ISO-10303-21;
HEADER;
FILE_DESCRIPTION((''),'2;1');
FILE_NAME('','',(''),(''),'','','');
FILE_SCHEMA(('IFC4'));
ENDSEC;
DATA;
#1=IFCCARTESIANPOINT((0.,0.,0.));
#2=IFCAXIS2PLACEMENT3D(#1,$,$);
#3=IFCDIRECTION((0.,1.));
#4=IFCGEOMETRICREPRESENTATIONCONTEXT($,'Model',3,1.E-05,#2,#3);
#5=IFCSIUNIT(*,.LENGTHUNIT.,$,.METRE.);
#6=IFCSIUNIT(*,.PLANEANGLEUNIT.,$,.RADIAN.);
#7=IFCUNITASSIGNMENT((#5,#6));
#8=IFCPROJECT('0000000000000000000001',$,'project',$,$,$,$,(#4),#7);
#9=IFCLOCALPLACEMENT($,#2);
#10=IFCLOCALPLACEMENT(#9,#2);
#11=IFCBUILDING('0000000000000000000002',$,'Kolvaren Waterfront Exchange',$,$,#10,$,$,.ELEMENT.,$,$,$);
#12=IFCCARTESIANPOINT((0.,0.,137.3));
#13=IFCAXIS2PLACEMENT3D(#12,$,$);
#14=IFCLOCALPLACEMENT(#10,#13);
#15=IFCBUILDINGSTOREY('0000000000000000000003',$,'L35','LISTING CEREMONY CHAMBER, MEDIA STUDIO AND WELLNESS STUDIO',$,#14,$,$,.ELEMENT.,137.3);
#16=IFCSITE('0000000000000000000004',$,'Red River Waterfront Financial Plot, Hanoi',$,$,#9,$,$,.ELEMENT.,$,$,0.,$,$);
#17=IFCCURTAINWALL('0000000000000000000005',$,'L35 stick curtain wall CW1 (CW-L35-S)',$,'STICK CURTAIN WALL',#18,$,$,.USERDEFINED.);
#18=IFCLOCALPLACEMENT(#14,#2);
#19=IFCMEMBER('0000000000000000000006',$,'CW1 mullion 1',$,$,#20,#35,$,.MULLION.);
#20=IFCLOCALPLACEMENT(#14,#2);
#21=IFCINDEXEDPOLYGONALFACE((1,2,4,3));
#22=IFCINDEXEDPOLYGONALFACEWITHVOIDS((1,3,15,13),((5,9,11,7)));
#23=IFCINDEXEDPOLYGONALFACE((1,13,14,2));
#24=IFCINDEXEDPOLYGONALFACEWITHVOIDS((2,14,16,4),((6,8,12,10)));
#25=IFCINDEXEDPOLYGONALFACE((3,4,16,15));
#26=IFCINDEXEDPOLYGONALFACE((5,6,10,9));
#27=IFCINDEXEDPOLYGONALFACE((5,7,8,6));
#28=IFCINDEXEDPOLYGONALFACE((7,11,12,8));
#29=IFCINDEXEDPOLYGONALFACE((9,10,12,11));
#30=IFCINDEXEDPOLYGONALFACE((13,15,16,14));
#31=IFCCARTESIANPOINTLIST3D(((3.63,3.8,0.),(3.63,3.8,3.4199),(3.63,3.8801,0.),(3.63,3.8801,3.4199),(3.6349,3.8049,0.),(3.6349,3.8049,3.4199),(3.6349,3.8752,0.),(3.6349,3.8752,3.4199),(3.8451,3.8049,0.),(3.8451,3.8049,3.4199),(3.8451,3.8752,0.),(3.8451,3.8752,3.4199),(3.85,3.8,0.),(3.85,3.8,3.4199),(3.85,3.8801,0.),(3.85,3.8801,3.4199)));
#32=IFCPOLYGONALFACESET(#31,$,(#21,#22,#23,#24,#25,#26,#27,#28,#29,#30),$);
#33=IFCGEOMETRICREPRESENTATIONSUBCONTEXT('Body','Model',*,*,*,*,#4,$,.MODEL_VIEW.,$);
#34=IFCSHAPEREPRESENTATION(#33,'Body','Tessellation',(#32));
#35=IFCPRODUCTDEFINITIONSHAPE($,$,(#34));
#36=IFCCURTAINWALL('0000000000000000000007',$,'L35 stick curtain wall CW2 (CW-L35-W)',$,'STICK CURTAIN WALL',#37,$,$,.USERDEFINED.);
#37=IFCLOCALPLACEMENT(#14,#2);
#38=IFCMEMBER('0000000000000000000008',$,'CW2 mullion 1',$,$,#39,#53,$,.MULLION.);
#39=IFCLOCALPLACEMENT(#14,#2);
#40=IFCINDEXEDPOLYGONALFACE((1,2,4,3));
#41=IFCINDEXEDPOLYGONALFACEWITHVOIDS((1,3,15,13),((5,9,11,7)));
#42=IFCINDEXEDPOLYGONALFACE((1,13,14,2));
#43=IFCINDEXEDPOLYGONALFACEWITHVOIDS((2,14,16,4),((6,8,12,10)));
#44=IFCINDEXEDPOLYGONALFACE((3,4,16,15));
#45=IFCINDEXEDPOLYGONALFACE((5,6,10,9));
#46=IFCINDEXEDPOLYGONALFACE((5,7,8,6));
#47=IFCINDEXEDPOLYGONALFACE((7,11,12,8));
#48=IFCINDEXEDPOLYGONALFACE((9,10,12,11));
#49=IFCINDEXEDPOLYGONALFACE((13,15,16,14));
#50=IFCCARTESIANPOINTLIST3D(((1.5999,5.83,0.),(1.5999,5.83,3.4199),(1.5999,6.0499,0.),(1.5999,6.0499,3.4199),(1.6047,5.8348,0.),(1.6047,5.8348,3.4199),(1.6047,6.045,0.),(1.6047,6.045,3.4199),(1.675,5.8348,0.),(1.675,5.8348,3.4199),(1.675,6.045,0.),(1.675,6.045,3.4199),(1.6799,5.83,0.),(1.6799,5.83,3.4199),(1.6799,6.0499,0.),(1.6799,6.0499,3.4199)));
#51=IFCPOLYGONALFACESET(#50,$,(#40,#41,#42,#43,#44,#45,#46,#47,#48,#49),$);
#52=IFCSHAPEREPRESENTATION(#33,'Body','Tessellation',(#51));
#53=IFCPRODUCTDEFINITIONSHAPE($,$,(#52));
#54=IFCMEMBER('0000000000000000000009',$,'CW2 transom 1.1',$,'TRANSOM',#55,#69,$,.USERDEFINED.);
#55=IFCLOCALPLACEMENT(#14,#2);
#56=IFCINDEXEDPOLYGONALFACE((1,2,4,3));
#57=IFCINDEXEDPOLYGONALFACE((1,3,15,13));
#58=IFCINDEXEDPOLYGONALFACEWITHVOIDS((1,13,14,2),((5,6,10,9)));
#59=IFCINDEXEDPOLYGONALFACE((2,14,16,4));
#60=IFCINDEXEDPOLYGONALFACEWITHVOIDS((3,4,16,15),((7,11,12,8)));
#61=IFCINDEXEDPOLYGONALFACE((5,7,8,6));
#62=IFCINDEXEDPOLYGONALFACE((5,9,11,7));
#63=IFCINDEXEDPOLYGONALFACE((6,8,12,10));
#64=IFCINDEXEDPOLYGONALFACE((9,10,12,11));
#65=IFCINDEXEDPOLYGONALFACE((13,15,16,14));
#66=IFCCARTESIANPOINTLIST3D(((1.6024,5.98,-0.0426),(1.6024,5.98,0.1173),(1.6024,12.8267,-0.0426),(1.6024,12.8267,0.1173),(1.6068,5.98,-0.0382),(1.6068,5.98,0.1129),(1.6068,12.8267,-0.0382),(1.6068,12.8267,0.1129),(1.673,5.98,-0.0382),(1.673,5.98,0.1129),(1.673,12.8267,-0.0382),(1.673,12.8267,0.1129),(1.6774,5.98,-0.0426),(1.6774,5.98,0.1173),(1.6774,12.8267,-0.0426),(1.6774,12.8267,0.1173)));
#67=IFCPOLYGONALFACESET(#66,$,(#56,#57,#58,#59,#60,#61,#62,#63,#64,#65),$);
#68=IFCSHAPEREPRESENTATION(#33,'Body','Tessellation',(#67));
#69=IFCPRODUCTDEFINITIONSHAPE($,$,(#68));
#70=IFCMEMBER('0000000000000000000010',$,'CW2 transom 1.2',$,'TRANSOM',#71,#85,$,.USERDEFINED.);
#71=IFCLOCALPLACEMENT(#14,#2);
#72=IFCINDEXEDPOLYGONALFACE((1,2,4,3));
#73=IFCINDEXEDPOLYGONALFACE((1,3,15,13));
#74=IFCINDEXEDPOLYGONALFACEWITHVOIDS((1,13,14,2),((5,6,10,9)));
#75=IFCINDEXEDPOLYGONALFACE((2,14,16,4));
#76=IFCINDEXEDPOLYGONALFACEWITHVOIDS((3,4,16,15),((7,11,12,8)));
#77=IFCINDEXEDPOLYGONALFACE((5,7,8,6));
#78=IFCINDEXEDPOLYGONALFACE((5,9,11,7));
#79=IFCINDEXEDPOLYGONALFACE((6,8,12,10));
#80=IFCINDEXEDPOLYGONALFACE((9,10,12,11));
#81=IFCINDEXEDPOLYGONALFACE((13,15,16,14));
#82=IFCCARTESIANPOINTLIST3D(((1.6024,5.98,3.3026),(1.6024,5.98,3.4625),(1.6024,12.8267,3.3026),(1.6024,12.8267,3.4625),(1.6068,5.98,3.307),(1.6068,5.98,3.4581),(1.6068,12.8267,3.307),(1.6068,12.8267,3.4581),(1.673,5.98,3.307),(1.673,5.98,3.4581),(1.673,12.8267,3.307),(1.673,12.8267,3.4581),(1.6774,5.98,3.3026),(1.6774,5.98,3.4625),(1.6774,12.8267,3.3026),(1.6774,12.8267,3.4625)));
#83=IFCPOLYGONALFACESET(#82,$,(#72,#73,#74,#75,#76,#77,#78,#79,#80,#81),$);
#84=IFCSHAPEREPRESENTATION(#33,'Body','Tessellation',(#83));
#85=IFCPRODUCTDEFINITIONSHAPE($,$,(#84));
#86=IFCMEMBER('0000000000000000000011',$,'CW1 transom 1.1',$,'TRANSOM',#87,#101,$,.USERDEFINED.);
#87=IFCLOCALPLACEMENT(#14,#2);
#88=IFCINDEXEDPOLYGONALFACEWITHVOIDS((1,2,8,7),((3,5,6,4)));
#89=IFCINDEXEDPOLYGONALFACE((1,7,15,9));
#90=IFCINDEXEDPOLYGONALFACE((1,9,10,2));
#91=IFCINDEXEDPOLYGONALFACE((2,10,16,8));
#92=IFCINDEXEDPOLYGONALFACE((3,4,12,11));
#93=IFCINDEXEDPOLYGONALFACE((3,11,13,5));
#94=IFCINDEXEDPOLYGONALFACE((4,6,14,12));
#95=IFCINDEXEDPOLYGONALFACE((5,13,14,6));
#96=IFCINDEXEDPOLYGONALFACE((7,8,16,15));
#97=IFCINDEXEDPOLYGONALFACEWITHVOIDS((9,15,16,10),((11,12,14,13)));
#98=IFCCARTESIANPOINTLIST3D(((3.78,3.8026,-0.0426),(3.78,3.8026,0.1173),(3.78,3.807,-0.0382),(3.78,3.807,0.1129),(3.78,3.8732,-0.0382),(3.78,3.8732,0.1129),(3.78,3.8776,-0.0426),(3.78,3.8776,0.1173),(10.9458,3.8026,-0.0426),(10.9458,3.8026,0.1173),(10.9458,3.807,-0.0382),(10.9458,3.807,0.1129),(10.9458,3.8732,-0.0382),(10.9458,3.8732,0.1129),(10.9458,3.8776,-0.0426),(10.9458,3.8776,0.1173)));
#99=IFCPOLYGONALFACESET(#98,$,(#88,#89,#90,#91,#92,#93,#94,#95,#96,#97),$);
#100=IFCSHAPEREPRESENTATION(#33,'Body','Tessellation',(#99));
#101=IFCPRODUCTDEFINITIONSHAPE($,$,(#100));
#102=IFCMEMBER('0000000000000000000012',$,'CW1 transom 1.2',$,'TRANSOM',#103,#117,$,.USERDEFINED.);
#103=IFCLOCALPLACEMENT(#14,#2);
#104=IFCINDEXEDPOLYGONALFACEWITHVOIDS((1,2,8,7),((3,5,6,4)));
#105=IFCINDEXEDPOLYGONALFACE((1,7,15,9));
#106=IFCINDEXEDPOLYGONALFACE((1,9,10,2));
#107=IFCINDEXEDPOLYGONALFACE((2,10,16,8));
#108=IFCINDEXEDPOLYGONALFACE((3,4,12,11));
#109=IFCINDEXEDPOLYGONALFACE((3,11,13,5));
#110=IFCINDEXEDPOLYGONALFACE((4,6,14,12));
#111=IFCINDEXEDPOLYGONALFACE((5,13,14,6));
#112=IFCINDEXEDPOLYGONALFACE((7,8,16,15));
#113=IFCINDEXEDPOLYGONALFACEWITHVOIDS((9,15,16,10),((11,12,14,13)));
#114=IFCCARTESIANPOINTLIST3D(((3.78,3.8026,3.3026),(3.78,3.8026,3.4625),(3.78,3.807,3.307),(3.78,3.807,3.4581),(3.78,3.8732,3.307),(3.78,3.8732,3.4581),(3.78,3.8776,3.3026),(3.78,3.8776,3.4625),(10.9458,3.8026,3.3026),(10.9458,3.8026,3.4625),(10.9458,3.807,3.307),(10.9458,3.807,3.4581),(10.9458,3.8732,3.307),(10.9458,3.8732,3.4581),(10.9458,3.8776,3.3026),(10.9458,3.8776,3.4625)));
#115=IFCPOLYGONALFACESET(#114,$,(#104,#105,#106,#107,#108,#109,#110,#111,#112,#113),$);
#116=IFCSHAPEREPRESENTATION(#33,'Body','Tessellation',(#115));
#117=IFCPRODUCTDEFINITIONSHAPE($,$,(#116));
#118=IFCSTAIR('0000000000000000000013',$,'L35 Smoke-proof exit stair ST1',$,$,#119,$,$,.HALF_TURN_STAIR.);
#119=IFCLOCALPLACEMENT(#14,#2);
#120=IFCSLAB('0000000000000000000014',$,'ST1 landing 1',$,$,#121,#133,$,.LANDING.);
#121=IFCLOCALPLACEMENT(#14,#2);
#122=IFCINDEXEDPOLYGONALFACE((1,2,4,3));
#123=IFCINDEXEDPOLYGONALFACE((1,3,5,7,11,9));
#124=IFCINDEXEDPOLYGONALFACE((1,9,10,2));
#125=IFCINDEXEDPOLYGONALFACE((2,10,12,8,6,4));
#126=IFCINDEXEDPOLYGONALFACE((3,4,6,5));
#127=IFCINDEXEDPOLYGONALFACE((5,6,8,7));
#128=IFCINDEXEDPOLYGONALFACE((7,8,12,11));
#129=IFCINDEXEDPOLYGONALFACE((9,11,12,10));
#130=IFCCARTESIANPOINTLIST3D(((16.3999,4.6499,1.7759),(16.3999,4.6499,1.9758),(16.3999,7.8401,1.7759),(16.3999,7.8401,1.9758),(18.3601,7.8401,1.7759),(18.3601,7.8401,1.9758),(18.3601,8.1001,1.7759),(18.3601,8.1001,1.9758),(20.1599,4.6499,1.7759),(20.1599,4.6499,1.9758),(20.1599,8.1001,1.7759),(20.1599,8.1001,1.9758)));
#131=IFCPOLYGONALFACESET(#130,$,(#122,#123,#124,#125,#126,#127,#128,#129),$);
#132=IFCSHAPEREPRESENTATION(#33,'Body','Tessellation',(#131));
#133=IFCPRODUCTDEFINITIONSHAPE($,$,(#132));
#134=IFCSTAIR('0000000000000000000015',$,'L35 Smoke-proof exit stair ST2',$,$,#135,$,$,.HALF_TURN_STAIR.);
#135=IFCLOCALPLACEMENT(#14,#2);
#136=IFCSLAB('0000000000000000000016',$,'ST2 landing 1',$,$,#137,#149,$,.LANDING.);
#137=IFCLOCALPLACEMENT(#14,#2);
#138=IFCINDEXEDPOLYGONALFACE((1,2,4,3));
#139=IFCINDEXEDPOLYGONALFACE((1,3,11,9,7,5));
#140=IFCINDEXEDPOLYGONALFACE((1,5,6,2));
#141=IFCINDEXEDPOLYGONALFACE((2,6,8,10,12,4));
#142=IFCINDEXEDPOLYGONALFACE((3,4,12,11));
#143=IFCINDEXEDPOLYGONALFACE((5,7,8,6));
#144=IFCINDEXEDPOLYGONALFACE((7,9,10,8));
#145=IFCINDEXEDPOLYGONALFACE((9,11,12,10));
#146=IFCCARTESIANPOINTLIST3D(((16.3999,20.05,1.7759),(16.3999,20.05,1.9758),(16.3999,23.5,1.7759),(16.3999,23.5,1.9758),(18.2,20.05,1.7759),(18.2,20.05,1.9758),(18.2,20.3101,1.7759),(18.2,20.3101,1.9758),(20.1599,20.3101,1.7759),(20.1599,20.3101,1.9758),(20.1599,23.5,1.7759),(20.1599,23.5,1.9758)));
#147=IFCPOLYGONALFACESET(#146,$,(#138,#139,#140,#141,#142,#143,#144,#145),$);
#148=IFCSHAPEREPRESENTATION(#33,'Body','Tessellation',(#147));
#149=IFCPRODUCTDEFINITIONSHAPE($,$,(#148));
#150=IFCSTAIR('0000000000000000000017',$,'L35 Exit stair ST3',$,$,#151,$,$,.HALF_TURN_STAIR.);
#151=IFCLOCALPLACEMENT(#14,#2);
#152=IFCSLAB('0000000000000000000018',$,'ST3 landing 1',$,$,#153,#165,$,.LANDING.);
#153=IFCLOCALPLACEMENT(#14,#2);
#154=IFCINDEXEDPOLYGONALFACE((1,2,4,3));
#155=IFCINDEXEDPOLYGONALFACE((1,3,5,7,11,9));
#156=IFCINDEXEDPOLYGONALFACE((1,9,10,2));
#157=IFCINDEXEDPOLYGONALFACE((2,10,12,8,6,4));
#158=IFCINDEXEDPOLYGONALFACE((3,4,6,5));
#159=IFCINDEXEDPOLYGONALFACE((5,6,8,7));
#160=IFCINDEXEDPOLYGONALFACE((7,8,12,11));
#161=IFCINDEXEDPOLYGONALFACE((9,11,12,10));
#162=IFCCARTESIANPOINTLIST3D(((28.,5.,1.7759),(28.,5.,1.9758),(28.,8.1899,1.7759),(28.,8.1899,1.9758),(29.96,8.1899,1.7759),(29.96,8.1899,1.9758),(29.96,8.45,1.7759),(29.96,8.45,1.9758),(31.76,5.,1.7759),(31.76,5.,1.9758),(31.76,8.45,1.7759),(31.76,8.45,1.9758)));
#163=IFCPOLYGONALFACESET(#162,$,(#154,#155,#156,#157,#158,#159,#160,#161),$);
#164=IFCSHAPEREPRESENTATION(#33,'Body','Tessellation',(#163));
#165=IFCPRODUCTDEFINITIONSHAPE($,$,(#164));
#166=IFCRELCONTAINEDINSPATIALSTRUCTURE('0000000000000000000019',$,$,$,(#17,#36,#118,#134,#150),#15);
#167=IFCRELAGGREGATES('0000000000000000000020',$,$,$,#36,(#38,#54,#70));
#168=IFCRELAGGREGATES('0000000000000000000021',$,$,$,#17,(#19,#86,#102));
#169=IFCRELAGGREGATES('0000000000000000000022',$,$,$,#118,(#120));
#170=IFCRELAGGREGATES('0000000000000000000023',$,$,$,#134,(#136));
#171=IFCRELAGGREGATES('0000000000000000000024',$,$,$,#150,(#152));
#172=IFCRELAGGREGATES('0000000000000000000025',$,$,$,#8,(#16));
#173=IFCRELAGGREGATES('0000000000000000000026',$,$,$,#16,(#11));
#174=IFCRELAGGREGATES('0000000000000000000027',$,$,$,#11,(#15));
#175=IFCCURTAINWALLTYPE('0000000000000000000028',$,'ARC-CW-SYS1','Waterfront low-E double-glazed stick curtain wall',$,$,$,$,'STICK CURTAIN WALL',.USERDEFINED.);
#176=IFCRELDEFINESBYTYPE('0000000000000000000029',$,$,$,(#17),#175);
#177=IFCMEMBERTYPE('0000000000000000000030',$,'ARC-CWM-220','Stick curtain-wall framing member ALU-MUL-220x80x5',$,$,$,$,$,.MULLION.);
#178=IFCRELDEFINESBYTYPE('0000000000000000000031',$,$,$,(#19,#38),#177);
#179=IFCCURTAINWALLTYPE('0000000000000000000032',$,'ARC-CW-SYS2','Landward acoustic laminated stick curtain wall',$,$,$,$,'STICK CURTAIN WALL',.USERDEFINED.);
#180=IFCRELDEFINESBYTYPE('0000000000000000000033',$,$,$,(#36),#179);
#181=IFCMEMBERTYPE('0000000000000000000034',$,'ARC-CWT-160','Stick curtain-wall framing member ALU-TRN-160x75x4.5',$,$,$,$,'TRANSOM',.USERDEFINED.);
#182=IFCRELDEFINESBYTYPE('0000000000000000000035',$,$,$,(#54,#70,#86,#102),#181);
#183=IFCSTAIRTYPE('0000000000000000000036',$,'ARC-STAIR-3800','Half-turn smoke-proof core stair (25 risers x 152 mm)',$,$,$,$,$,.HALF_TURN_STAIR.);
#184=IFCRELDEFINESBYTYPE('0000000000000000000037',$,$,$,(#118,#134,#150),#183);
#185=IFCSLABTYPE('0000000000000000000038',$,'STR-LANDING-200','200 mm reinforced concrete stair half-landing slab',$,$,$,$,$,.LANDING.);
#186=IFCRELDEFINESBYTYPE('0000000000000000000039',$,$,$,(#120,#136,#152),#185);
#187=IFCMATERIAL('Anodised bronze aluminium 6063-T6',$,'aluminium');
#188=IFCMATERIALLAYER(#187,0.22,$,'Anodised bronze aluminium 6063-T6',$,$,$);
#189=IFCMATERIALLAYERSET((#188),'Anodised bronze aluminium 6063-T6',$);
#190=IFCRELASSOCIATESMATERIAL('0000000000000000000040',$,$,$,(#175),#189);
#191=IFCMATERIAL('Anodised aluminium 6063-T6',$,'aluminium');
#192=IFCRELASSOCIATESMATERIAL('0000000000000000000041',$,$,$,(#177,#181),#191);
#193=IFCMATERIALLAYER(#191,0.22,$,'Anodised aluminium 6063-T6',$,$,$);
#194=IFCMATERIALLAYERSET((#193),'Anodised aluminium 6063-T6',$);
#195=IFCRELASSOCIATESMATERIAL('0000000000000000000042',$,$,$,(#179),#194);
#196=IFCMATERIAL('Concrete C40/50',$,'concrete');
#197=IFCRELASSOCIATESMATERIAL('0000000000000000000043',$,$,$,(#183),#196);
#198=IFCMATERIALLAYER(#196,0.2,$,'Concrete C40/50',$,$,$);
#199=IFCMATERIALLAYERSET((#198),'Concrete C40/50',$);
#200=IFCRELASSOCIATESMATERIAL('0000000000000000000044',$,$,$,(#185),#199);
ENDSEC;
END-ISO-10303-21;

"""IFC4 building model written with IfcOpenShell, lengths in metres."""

from ifc_helpers import new_model, si_unit, direction, frame, origin, origin_with_axes, origin_2d, place, context, subcontext, project, spatial, polyline, hollow_rectangle, outline, extrude, source, transform, mapped, material, layer, layer_set, material_profile, profile_set, type_object, element, aggregate, save


model = new_model("IFC4")

# Units and contexts
model_context = context("Model", 3, precision=1e-05, world=origin(), true_north=direction((0.0, 1.0)))
body_context = subcontext(model_context, "Body", "Model", "MODEL_VIEW")
ifc_project = project(units=[si_unit("LENGTHUNIT", "METRE"), si_unit("PLANEANGLEUNIT", "RADIAN")], contexts=[model_context])

# Site, building, storey
site_placement = place(None, origin())
site = spatial("IfcSite", under=ifc_project, at=site_placement, Name="Red River Waterfront Financial Plot, Hanoi", CompositionType="ELEMENT", RefElevation=0.0)
building_placement = place(site_placement, origin())
building = spatial("IfcBuilding", under=site, at=building_placement, Name="Kolvaren Waterfront Exchange", CompositionType="ELEMENT")
storey_placement = place(building_placement, frame((0.0, 0.0, 137.3)))
storey = spatial("IfcBuildingStorey", under=building, at=storey_placement, Name="L35", Description="LISTING CEREMONY CHAMBER, MEDIA STUDIO AND WELLNESS STUDIO", CompositionType="ELEMENT", Elevation=137.3)

# Curtain wall, member
ifc_material_1 = material(Name="Anodised bronze aluminium 6063-T6", Category="aluminium")
ifc_layer_1 = layer(ifc_material_1, 0.22, Name="Anodised bronze aluminium 6063-T6")
ifc_layer_set_1 = layer_set([ifc_layer_1], Name="Anodised bronze aluminium 6063-T6")
curtain_wall_type_1 = type_object("IfcCurtainWallType", Name="ARC-CW-SYS1", Description="Waterfront low-E double-glazed stick curtain wall", ElementType="STICK CURTAIN WALL", PredefinedType="USERDEFINED", material=ifc_layer_set_1)
curtain_wall_1_placement = place(storey_placement, origin())
curtain_wall_1 = element("IfcCurtainWall", 1, at=curtain_wall_1_placement, inside=storey, type_object=curtain_wall_type_1, Name="L35 stick curtain wall CW1 (CW-L35-S)", ObjectType="STICK CURTAIN WALL", PredefinedType="USERDEFINED")
ifc_material_2 = material(Name="Anodised aluminium 6063-T6", Category="aluminium")
ifc_material_profile_1 = material_profile(ifc_material_2, hollow_rectangle(XDim=0.0801, YDim=0.22, WallThickness=0.0049, at=origin_2d()), Name="ALU-MUL-220x80x5")
ifc_profile_set_1 = profile_set([ifc_material_profile_1], Name="Anodised aluminium 6063-T6")
member_type_1 = type_object("IfcMemberType", Name="ARC-CWM-220", Description="Stick curtain-wall framing member ALU-MUL-220x80x5", PredefinedType="MULLION", material=ifc_profile_set_1)
shared_shape_1 = source(origin_with_axes(), body_context, "Body", "SweptSolid", [
    extrude(hollow_rectangle(XDim=0.0801, YDim=0.22, WallThickness=0.0049, at=origin_2d()), origin(), (0.0, 0.0, 1.0), 3.4199),
])
member_1_placement = place(storey_placement, frame((3.74, 3.8401, 0.0), z_axis=(0.0, 0.0, 1.0), x_axis=(0.0, 1.0, 0.0)))
member_1 = element("IfcMember", 2, at=member_1_placement, type_object=member_type_1, Name="CW1 mullion 1", PredefinedType="MULLION", context=body_context, shape_type="MappedRepresentation", body=[
    mapped(shared_shape_1, transform((0.0, 0.0, 0.0), x_axis=(1.0, 0.0, 0.0), y_axis=(0.0, 1.0, 0.0), z_axis=(0.0, 0.0, 1.0), scale=1.0)),
])

# Curtain wall, members
ifc_layer_2 = layer(ifc_material_2, 0.22, Name="Anodised aluminium 6063-T6")
ifc_layer_set_2 = layer_set([ifc_layer_2], Name="Anodised aluminium 6063-T6")
curtain_wall_type_2 = type_object("IfcCurtainWallType", Name="ARC-CW-SYS2", Description="Landward acoustic laminated stick curtain wall", ElementType="STICK CURTAIN WALL", PredefinedType="USERDEFINED", material=ifc_layer_set_2)
curtain_wall_2_placement = place(storey_placement, origin())
curtain_wall_2 = element("IfcCurtainWall", 3, at=curtain_wall_2_placement, inside=storey, type_object=curtain_wall_type_2, Name="L35 stick curtain wall CW2 (CW-L35-W)", ObjectType="STICK CURTAIN WALL", PredefinedType="USERDEFINED")
member_2_placement = place(storey_placement, frame((1.6399, 5.9399, 0.0), z_axis=(0.0, 0.0, 1.0), x_axis=(-1.0, 0.0, 0.0)))
member_2 = element("IfcMember", 4, at=member_2_placement, type_object=member_type_1, Name="CW2 mullion 1", PredefinedType="MULLION", context=body_context, shape_type="MappedRepresentation", body=[
    mapped(shared_shape_1, transform((0.0, 0.0, 0.0), x_axis=(1.0, 0.0, 0.0), y_axis=(0.0, 1.0, 0.0), z_axis=(0.0, 0.0, 1.0), scale=1.0)),
])
ifc_material_profile_2 = material_profile(ifc_material_2, hollow_rectangle(XDim=0.075, YDim=0.1599, WallThickness=0.0044, at=origin_2d()), Name="ALU-TRN-160x75x4.5")
ifc_profile_set_2 = profile_set([ifc_material_profile_2], Name="Anodised aluminium 6063-T6")
member_type_2 = type_object("IfcMemberType", Name="ARC-CWT-160", Description="Stick curtain-wall framing member ALU-TRN-160x75x4.5", ElementType="TRANSOM", PredefinedType="USERDEFINED", material=ifc_profile_set_2)
shared_shape_2 = source(origin_with_axes(), body_context, "Body", "SweptSolid", [
    extrude(hollow_rectangle(XDim=0.075, YDim=0.1599, WallThickness=0.0044, at=origin_2d()), origin(), (0.0, 0.0, 1.0), 6.8467),
])
member_3_placement = place(storey_placement, frame((1.6399, 5.98, 0.0374), z_axis=(0.0, 1.0, 0.0), x_axis=(-1.0, 0.0, 0.0)))
member_3 = element("IfcMember", 5, at=member_3_placement, type_object=member_type_2, Name="CW2 transom 1.1", ObjectType="TRANSOM", PredefinedType="USERDEFINED", context=body_context, shape_type="MappedRepresentation", body=[
    mapped(shared_shape_2, transform((0.0, 0.0, 0.0), x_axis=(1.0, 0.0, 0.0), y_axis=(0.0, 1.0, 0.0), z_axis=(0.0, 0.0, 1.0), scale=1.0)),
])
member_4_placement = place(storey_placement, frame((1.6399, 5.98, 3.3826), z_axis=(0.0, 1.0, 0.0), x_axis=(-1.0, 0.0, 0.0)))
member_4 = element("IfcMember", 6, at=member_4_placement, type_object=member_type_2, Name="CW2 transom 1.2", ObjectType="TRANSOM", PredefinedType="USERDEFINED", context=body_context, shape_type="MappedRepresentation", body=[
    mapped(shared_shape_2, transform((0.0, 0.0, 0.0), x_axis=(1.0, 0.0, 0.0), y_axis=(0.0, 1.0, 0.0), z_axis=(0.0, 0.0, 1.0), scale=1.0)),
])
aggregate(curtain_wall_2, [member_2, member_3, member_4])

# Members
shared_shape_3 = source(origin_with_axes(), body_context, "Body", "SweptSolid", [
    extrude(hollow_rectangle(XDim=0.075, YDim=0.1599, WallThickness=0.0044, at=origin_2d()), origin(), (0.0, 0.0, 1.0), 7.1658),
])
member_5_placement = place(storey_placement, frame((3.78, 3.8401, 0.0374), z_axis=(1.0, 0.0, 0.0), x_axis=(0.0, 1.0, 0.0)))
member_5 = element("IfcMember", 7, at=member_5_placement, type_object=member_type_2, Name="CW1 transom 1.1", ObjectType="TRANSOM", PredefinedType="USERDEFINED", context=body_context, shape_type="MappedRepresentation", body=[
    mapped(shared_shape_3, transform((0.0, 0.0, 0.0), x_axis=(1.0, 0.0, 0.0), y_axis=(0.0, 1.0, 0.0), z_axis=(0.0, 0.0, 1.0), scale=1.0)),
])
member_6_placement = place(storey_placement, frame((3.78, 3.8401, 3.3826), z_axis=(1.0, 0.0, 0.0), x_axis=(0.0, 1.0, 0.0)))
member_6 = element("IfcMember", 8, at=member_6_placement, type_object=member_type_2, Name="CW1 transom 1.2", ObjectType="TRANSOM", PredefinedType="USERDEFINED", context=body_context, shape_type="MappedRepresentation", body=[
    mapped(shared_shape_3, transform((0.0, 0.0, 0.0), x_axis=(1.0, 0.0, 0.0), y_axis=(0.0, 1.0, 0.0), z_axis=(0.0, 0.0, 1.0), scale=1.0)),
])
aggregate(curtain_wall_1, [member_1, member_5, member_6])

# Stairs, slabs
ifc_material_3 = material(Name="Concrete C40/50", Category="concrete")
stair_type = type_object("IfcStairType", Name="ARC-STAIR-3800", Description="Half-turn smoke-proof core stair (25 risers x 152 mm)", PredefinedType="HALF_TURN_STAIR", material=ifc_material_3)
stair_1_placement = place(storey_placement, origin())
stair_1 = element("IfcStair", 9, at=stair_1_placement, inside=storey, type_object=stair_type, Name="L35 Smoke-proof exit stair ST1", PredefinedType="HALF_TURN_STAIR")
ifc_layer_3 = layer(ifc_material_3, 0.2, Name="Concrete C40/50")
ifc_layer_set_3 = layer_set([ifc_layer_3], Name="Concrete C40/50")
slab_type_1 = type_object("IfcSlabType", Name="STR-LANDING-200", Description="200 mm reinforced concrete stair half-landing slab", PredefinedType="LANDING", material=ifc_layer_set_3)
slab_1_placement = place(storey_placement, frame((0.0, 0.0, 1.7759)))
slab_1 = element("IfcSlab", 10, at=slab_1_placement, type_object=slab_type_1, Name="ST1 landing 1", PredefinedType="LANDING", context=body_context, shape_type="SweptSolid", body=[
    extrude(outline(polyline([(16.3999, 7.8401), (16.3999, 4.6499), (20.1599, 4.6499), (20.1599, 8.1001), (18.3601, 8.1001), (18.3601, 7.8401), (16.3999, 7.8401)])), origin(), (0.0, 0.0, 1.0), 0.2),
])
aggregate(stair_1, [slab_1])
stair_2_placement = place(storey_placement, origin())
stair_2 = element("IfcStair", 11, at=stair_2_placement, inside=storey, type_object=stair_type, Name="L35 Smoke-proof exit stair ST2", PredefinedType="HALF_TURN_STAIR")
slab_2_placement = place(storey_placement, frame((0.0, 0.0, 1.7759)))
slab_2 = element("IfcSlab", 12, at=slab_2_placement, type_object=slab_type_1, Name="ST2 landing 1", PredefinedType="LANDING", context=body_context, shape_type="SweptSolid", body=[
    extrude(outline(polyline([(20.1599, 20.3101), (20.1599, 23.5), (16.3999, 23.5), (16.3999, 20.05), (18.2, 20.05), (18.2, 20.3101), (20.1599, 20.3101)])), origin(), (0.0, 0.0, 1.0), 0.2),
])
aggregate(stair_2, [slab_2])
stair_3_placement = place(storey_placement, origin())
stair_3 = element("IfcStair", 13, at=stair_3_placement, inside=storey, type_object=stair_type, Name="L35 Exit stair ST3", PredefinedType="HALF_TURN_STAIR")
slab_3_placement = place(storey_placement, frame((0.0, 0.0, 1.7759)))
slab_3 = element("IfcSlab", 14, at=slab_3_placement, type_object=slab_type_1, Name="ST3 landing 1", PredefinedType="LANDING", context=body_context, shape_type="SweptSolid", body=[
    extrude(outline(polyline([(28.0, 8.1899), (28.0, 5.0), (31.76, 5.0), (31.76, 8.45), (29.96, 8.45), (29.96, 8.1899), (28.0, 8.1899)])), origin(), (0.0, 0.0, 1.0), 0.2),
])
aggregate(stair_3, [slab_3])

save(model, "model.ifc")
